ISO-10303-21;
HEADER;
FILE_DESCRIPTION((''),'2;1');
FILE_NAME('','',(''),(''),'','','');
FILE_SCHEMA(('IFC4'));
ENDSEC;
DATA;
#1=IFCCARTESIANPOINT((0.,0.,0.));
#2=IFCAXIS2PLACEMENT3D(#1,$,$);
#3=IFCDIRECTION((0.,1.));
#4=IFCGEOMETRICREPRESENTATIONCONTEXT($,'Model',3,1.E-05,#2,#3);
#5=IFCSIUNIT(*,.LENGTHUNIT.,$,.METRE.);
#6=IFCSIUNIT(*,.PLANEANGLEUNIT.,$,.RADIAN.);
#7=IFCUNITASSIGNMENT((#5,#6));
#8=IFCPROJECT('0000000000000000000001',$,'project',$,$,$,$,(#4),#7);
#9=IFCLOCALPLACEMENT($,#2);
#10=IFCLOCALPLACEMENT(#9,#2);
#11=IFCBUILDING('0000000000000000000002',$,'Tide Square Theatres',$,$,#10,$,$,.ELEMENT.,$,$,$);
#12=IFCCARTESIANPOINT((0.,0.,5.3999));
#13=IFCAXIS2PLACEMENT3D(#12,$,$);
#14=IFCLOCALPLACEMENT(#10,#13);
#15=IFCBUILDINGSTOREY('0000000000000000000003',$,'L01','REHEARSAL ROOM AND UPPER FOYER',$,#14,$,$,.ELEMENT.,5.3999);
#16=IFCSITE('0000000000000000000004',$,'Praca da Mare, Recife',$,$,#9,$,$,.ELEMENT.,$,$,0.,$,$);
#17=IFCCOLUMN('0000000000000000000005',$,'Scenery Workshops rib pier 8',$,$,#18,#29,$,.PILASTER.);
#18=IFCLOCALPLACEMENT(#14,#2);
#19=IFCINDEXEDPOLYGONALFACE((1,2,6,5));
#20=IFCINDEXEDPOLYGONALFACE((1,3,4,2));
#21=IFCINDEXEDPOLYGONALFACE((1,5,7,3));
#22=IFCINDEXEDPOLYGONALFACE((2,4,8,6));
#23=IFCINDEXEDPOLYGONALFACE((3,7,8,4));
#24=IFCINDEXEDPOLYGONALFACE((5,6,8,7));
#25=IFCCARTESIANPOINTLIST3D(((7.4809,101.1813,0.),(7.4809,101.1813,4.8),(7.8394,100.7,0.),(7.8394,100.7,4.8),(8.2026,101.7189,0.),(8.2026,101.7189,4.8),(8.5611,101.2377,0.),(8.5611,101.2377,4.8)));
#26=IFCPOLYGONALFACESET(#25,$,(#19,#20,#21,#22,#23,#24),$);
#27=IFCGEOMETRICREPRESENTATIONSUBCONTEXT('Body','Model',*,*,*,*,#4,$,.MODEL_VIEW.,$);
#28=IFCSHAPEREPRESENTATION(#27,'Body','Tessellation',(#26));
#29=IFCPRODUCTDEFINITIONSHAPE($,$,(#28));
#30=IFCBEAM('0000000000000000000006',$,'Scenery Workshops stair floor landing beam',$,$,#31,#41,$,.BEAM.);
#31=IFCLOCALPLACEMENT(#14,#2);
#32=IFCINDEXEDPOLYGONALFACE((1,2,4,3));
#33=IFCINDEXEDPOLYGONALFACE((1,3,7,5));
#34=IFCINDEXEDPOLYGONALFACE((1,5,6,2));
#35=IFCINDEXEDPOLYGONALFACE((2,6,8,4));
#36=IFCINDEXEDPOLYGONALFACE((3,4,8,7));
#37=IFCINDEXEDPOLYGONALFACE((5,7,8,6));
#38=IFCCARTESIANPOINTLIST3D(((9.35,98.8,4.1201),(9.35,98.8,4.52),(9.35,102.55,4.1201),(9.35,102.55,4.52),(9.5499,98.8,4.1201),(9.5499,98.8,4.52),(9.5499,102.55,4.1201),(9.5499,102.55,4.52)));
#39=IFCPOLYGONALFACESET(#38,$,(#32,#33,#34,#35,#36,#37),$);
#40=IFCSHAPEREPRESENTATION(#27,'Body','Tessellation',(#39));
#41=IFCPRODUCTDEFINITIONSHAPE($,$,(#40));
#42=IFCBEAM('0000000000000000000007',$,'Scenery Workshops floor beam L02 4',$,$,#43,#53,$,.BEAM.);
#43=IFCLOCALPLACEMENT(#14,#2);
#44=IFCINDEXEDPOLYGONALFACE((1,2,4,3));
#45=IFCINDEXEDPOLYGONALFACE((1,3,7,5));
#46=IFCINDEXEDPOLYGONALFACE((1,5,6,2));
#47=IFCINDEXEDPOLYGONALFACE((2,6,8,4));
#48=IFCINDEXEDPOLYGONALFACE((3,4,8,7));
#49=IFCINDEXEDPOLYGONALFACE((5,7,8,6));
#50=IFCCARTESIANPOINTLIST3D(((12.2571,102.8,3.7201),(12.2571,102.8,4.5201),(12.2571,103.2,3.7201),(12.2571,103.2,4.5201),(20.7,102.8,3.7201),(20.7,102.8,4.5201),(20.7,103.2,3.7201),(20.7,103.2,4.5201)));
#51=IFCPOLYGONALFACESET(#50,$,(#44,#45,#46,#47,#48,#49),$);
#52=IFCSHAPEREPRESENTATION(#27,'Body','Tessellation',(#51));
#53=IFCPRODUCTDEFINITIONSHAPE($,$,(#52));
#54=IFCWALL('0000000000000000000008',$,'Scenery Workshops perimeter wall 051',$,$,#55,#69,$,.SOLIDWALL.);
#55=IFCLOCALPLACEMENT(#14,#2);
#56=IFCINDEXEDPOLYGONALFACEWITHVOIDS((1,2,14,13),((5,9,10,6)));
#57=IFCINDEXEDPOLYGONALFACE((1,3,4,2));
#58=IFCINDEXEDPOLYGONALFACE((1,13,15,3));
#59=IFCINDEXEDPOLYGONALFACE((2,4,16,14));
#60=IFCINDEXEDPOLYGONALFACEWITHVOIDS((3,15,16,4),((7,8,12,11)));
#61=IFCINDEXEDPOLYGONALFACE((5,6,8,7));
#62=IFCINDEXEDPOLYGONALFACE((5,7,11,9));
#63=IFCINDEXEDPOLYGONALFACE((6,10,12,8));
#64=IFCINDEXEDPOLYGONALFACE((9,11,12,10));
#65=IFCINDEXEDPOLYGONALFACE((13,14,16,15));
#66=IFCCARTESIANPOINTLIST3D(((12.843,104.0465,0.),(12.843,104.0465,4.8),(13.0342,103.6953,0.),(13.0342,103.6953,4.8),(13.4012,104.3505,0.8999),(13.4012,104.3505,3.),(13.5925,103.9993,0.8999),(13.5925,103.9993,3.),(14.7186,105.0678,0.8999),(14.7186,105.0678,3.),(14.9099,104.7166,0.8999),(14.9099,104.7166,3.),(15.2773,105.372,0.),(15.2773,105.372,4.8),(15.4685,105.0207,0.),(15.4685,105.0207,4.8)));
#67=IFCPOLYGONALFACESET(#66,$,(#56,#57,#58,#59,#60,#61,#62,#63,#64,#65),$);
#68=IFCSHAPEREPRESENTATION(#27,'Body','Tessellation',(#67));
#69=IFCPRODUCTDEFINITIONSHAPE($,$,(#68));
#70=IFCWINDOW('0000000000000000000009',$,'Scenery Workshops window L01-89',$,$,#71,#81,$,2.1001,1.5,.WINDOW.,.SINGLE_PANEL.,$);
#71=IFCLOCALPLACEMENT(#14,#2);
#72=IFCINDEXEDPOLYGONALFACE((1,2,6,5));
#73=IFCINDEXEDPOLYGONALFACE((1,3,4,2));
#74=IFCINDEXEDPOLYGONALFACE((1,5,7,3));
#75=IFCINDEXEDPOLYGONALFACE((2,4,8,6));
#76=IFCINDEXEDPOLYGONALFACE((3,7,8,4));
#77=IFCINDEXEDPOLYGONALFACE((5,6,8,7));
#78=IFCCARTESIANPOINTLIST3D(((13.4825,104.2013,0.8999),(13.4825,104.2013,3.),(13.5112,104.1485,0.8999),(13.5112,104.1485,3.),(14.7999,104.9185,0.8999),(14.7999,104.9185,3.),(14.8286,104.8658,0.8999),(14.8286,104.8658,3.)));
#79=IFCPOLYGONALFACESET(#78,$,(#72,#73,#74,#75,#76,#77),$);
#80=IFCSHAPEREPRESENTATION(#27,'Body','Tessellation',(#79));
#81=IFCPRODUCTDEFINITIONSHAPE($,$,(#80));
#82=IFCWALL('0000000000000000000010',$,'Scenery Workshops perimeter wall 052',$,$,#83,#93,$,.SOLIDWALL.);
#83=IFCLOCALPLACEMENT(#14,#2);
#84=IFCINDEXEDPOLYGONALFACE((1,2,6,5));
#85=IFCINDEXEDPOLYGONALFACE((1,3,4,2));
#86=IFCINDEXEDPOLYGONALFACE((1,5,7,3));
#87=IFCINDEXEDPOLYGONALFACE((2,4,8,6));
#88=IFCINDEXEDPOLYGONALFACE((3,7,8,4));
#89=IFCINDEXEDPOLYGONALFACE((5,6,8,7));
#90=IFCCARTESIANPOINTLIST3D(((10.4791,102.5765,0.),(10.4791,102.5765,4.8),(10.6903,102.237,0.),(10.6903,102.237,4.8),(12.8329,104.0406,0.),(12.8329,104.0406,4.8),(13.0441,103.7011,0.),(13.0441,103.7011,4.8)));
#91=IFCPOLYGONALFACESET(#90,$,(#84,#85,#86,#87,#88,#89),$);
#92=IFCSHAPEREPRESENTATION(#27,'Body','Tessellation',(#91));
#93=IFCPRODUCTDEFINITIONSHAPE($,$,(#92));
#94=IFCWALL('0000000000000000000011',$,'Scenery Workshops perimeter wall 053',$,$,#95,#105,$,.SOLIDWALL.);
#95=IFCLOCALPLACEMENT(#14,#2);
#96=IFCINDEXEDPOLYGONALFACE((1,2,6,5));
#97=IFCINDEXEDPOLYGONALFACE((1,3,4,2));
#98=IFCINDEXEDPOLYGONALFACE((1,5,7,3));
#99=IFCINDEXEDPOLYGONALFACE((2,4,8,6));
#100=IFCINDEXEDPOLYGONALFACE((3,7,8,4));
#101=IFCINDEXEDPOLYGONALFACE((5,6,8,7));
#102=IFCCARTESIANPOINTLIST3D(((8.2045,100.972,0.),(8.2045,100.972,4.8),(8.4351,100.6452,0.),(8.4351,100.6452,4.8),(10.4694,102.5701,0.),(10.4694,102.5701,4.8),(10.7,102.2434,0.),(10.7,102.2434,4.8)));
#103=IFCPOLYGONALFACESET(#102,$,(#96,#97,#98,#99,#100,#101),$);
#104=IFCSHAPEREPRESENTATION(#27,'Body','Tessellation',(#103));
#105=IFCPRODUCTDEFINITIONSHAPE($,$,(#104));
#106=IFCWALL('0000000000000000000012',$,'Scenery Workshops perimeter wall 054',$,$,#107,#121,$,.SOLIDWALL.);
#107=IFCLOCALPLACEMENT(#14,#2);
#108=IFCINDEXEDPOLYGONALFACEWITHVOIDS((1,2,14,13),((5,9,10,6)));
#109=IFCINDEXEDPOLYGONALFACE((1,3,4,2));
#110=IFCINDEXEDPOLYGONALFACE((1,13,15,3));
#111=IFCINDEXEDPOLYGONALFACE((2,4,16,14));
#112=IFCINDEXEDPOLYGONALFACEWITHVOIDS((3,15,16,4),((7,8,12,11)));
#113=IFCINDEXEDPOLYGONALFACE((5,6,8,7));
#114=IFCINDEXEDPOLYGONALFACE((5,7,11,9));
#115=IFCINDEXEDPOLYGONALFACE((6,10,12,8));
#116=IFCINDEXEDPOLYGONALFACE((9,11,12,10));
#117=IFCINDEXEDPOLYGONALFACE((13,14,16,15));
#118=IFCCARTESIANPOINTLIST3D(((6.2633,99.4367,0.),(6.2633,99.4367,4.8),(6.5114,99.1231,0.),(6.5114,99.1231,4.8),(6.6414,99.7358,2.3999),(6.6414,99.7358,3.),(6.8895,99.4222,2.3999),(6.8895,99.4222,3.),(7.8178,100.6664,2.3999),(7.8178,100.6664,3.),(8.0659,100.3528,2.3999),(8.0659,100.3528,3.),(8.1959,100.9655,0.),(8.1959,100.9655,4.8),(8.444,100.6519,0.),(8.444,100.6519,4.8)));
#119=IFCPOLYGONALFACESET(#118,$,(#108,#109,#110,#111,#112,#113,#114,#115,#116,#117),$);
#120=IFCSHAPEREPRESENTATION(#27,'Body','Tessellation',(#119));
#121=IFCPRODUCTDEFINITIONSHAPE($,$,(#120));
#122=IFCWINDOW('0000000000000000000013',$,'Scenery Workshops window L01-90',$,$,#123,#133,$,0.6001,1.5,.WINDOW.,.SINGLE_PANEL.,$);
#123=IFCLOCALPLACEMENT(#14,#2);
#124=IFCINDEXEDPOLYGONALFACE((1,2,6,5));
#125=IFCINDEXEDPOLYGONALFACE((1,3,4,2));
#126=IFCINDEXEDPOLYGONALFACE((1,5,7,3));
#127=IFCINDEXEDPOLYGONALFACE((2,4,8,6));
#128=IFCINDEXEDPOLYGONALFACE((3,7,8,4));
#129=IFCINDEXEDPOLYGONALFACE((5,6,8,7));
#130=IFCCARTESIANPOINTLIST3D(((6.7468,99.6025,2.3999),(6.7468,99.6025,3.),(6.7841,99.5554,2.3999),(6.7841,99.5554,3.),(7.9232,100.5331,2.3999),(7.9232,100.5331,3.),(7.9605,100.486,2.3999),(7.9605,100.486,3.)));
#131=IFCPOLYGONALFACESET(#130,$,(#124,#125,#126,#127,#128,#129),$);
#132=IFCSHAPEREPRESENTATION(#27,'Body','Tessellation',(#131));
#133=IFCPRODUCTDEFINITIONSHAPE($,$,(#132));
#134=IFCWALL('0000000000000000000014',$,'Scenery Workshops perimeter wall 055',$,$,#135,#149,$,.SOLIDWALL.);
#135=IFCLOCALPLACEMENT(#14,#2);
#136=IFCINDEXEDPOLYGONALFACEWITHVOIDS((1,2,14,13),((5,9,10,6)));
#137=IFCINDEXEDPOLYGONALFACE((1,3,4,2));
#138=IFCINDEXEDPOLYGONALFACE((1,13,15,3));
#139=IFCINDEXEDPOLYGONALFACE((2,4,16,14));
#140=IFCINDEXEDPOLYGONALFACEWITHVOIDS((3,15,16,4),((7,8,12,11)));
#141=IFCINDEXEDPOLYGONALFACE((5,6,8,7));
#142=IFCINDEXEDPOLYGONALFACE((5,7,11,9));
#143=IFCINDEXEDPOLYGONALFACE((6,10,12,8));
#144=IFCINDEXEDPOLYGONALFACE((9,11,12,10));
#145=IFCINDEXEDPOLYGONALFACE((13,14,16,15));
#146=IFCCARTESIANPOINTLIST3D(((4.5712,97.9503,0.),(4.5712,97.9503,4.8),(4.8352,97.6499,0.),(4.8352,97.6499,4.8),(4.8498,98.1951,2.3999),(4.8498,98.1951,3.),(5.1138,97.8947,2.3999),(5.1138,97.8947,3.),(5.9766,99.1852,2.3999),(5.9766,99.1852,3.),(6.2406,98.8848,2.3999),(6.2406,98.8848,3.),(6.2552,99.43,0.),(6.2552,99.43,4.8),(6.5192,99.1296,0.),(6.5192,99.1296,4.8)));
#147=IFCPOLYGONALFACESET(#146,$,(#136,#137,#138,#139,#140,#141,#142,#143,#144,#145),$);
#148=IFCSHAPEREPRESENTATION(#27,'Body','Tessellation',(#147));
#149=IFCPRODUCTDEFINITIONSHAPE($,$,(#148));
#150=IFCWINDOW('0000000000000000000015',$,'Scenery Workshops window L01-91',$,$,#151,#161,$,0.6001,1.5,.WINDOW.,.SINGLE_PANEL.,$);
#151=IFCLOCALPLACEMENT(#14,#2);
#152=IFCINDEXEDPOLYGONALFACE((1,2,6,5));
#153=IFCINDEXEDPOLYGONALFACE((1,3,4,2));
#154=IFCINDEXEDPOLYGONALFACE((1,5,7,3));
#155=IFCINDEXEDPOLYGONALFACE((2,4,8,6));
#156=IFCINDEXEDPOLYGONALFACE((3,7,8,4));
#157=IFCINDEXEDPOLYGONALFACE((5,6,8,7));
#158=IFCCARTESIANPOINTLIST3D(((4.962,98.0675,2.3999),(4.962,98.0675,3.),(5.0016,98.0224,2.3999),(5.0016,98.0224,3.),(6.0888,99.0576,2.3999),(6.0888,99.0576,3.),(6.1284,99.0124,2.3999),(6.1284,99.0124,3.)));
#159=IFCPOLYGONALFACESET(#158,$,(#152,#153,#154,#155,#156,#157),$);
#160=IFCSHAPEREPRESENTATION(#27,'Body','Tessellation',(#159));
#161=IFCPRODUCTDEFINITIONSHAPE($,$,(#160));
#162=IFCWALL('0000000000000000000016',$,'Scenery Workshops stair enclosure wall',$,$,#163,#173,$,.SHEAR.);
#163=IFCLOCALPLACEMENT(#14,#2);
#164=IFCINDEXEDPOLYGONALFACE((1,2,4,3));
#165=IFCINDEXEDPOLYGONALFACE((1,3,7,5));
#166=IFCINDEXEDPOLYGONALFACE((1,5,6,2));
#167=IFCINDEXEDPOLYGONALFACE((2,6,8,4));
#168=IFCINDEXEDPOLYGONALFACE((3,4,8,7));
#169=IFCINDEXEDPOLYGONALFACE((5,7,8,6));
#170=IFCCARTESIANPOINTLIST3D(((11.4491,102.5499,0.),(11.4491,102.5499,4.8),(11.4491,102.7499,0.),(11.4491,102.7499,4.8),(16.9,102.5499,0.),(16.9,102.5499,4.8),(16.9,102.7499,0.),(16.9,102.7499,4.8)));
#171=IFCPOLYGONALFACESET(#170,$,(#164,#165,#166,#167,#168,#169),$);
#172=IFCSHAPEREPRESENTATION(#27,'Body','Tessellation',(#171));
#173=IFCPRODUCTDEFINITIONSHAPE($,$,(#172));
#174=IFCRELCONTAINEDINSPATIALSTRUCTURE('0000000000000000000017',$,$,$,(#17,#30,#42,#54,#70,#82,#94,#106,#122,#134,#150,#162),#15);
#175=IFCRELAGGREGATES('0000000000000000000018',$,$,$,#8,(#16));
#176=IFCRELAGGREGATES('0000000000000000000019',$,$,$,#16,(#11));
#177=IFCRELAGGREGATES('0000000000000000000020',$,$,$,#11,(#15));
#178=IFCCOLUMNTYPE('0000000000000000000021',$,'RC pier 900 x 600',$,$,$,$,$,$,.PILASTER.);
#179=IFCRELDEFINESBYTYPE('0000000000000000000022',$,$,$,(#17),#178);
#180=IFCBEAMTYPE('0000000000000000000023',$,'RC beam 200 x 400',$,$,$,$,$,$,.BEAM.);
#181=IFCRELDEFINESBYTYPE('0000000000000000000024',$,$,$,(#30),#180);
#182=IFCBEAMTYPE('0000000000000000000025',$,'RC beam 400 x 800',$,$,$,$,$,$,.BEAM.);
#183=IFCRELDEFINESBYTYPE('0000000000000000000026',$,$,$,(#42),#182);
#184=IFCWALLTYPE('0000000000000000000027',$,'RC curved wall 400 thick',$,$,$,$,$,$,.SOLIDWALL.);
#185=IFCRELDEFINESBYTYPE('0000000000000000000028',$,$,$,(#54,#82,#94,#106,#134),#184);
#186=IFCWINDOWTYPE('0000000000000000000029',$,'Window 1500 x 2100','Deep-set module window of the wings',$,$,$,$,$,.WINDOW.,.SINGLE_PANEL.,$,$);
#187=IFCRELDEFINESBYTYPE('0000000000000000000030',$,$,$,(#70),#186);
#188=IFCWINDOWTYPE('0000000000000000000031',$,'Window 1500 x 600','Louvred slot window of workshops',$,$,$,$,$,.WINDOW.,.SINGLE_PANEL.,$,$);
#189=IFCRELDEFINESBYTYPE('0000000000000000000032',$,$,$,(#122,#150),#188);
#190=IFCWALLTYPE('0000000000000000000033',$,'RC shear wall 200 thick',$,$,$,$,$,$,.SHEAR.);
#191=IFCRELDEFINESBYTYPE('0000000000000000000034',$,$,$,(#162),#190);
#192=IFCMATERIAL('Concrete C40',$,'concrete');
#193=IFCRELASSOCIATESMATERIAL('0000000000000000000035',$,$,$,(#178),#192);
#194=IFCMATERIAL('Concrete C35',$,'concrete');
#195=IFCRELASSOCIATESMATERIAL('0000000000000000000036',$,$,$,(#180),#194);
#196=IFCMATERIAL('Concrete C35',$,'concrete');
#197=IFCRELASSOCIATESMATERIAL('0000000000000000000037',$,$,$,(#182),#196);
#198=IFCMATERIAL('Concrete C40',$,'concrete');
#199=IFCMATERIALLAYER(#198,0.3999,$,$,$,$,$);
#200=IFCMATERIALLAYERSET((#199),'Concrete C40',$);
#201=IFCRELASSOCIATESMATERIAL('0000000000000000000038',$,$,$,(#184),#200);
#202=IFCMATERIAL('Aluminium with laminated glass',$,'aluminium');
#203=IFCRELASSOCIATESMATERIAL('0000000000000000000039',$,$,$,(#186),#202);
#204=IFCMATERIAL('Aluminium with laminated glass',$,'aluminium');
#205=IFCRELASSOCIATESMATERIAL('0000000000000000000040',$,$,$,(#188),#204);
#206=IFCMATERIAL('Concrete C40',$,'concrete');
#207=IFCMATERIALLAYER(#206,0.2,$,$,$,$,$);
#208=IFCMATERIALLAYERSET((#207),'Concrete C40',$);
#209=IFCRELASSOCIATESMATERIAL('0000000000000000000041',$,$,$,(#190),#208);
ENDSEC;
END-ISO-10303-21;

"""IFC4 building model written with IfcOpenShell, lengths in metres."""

from ifc_helpers import new_model, si_unit, direction, frame, frame_2d, origin, origin_2d, place, context, subcontext, project, spatial, rectangle, extrude, material, layer, layer_set, material_profile, profile_set, type_object, element, fill, save


model = new_model("IFC4")

# Units and contexts
model_context = context("Model", 3, precision=1e-05, world=origin(), true_north=direction((0.0, 1.0)))
body_context = subcontext(model_context, "Body", "Model", "MODEL_VIEW")
ifc_project = project(units=[si_unit("LENGTHUNIT", "METRE"), si_unit("PLANEANGLEUNIT", "RADIAN")], contexts=[model_context])

# Site, building, storey
site_placement = place(None, origin())
site = spatial("IfcSite", under=ifc_project, at=site_placement, Name="Praca da Mare, Recife", CompositionType="ELEMENT", RefElevation=0.0)
building_placement = place(site_placement, origin())
building = spatial("IfcBuilding", under=site, at=building_placement, Name="Tide Square Theatres", CompositionType="ELEMENT")
storey_placement = place(building_placement, frame((0.0, 0.0, 5.3999)))
storey = spatial("IfcBuildingStorey", under=building, at=storey_placement, Name="L01", Description="REHEARSAL ROOM AND UPPER FOYER", CompositionType="ELEMENT", Elevation=5.3999)

# Column
ifc_material_1 = material(Name="Concrete C40", Category="concrete")
ifc_material_profile_1 = material_profile(ifc_material_1, rectangle(XDim=0.8999, YDim=0.6001, at=origin_2d()))
ifc_profile_set_1 = profile_set([ifc_material_profile_1], Name="Concrete C40")
column_type = type_object("IfcColumnType", Name="RC pier 900 x 600", PredefinedType="PILASTER", material=ifc_profile_set_1)
column_placement = place(storey_placement, frame((8.021, 101.2095, 0.0), z_axis=(0.0, 0.0, 1.0), x_axis=(-0.801928, -0.597421, 0.0)))
element("IfcColumn", 1, at=column_placement, inside=storey, type_object=column_type, Name="Scenery Workshops rib pier 8", PredefinedType="PILASTER", context=body_context, shape_type="SweptSolid", body=[
    extrude(rectangle(XDim=0.8999, YDim=0.6001, at=origin_2d()), origin(), (0.0, 0.0, 1.0), 4.8),
])

# Beams
ifc_material_2 = material(Name="Concrete C35", Category="concrete")
ifc_material_profile_2 = material_profile(ifc_material_2, rectangle(XDim=0.2, YDim=0.3999, at=origin_2d()))
ifc_profile_set_2 = profile_set([ifc_material_profile_2], Name="Concrete C35")
beam_type_1 = type_object("IfcBeamType", Name="RC beam 200 x 400", PredefinedType="BEAM", material=ifc_profile_set_2)
beam_1_placement = place(storey_placement, frame((9.45, 98.8, 4.3201), z_axis=(0.0, 1.0, 0.0), x_axis=(-1.0, 0.0, 0.0)))
element("IfcBeam", 2, at=beam_1_placement, inside=storey, type_object=beam_type_1, Name="Scenery Workshops stair floor landing beam", PredefinedType="BEAM", context=body_context, shape_type="SweptSolid", body=[
    extrude(rectangle(XDim=0.2, YDim=0.3999, at=origin_2d()), origin(), (0.0, 0.0, 1.0), 3.75),
])
ifc_material_3 = material(Name="Concrete C35", Category="concrete")
ifc_material_profile_3 = material_profile(ifc_material_3, rectangle(XDim=0.3999, YDim=0.8, at=origin_2d()))
ifc_profile_set_3 = profile_set([ifc_material_profile_3], Name="Concrete C35")
beam_type_2 = type_object("IfcBeamType", Name="RC beam 400 x 800", PredefinedType="BEAM", material=ifc_profile_set_3)
beam_2_placement = place(storey_placement, frame((12.2571, 103.0, 4.1201), z_axis=(1.0, 0.0, 0.0), x_axis=(0.0, 1.0, 0.0)))
element("IfcBeam", 3, at=beam_2_placement, inside=storey, type_object=beam_type_2, Name="Scenery Workshops floor beam L02 4", PredefinedType="BEAM", context=body_context, shape_type="SweptSolid", body=[
    extrude(rectangle(XDim=0.3999, YDim=0.8, at=origin_2d()), origin(), (0.0, 0.0, 1.0), 8.4429),
])

# Wall, opening, window
ifc_material_4 = material(Name="Concrete C40", Category="concrete")
ifc_layer_1 = layer(ifc_material_4, 0.3999)
ifc_layer_set_1 = layer_set([ifc_layer_1], Name="Concrete C40")
wall_type_1 = type_object("IfcWallType", Name="RC curved wall 400 thick", PredefinedType="SOLIDWALL", material=ifc_layer_set_1)
wall_1_placement = place(storey_placement, frame((15.3728, 105.1963, 0.0), z_axis=(0.0, 0.0, 1.0), x_axis=(-0.878256, -0.478192, 0.0)))
wall_1 = element("IfcWall", 4, at=wall_1_placement, inside=storey, type_object=wall_type_1, Name="Scenery Workshops perimeter wall 051", PredefinedType="SOLIDWALL", context=body_context, shape_type="SweptSolid", body=[
    extrude(rectangle(XDim=2.7717, YDim=0.3999, at=frame_2d((1.3857, 0.0))), origin(), (0.0, 0.0, 1.0), 4.8),
])
opening_1_placement = place(wall_1_placement, frame((0.636, 0.0, 0.8999)))
opening_1 = element("IfcOpeningElement", 5, at=opening_1_placement, cuts=wall_1, PredefinedType="OPENING", context=body_context, shape_type="SweptSolid", body=[
    extrude(rectangle(XDim=1.5, YDim=2.1001, at=frame_2d((0.75, 1.05))), frame((0.0, 0.21, 0.0), z_axis=(0.0, -1.0, 0.0), x_axis=(1.0, 0.0, 0.0)), (0.0, 0.0, 1.0), 0.4199),
])
ifc_material_5 = material(Name="Aluminium with laminated glass", Category="aluminium")
window_type_1 = type_object("IfcWindowType", Name="Window 1500 x 2100", Description="Deep-set module window of the wings", PartitioningType="SINGLE_PANEL", PredefinedType="WINDOW", material=ifc_material_5)
window_1_placement = place(opening_1_placement, origin())
window_1 = element("IfcWindow", 6, at=window_1_placement, inside=storey, type_object=window_type_1, Name="Scenery Workshops window L01-89", OverallHeight=2.1001, OverallWidth=1.5, PartitioningType="SINGLE_PANEL", PredefinedType="WINDOW", context=body_context, shape_type="SweptSolid", body=[
    extrude(rectangle(XDim=1.5, YDim=2.1001, at=frame_2d((0.75, 1.05))), frame((0.0, 0.03, 0.0), z_axis=(0.0, -1.0, 0.0), x_axis=(1.0, 0.0, 0.0)), (0.0, 0.0, 1.0), 0.0601),
])
fill(opening_1, window_1)

# Walls
for number, where, z_axis, x_axis, name in (
    (7, (12.9385, 103.8708, 0.0), (0.0, 0.0, 1.0), (-0.849129, -0.528185, 0.0), "Scenery Workshops perimeter wall 052"),
    (8, (10.5847, 102.4067, 0.0), (0.0, 0.0, 1.0), (-0.81707, -0.576538, 0.0), "Scenery Workshops perimeter wall 053"),
):
    element("IfcWall", number, at=place(storey_placement, frame(where, z_axis=z_axis, x_axis=x_axis)), inside=storey, type_object=wall_type_1, Name=name, PredefinedType="SOLIDWALL", context=body_context, shape_type="SweptSolid", body=[
        extrude(rectangle(XDim=2.772, YDim=0.3999, at=frame_2d((1.386, 0.0))), origin(), (0.0, 0.0, 1.0), 4.8),
    ])

# Walls, openings, windows
wall_2_placement = place(storey_placement, frame((8.3198, 100.8086, 0.0), z_axis=(0.0, 0.0, 1.0), x_axis=(-0.784279, -0.620409, 0.0)))
wall_2 = element("IfcWall", 9, at=wall_2_placement, inside=storey, type_object=wall_type_1, Name="Scenery Workshops perimeter wall 054", PredefinedType="SOLIDWALL", context=body_context, shape_type="SweptSolid", body=[
    extrude(rectangle(XDim=2.4641, YDim=0.3999, at=frame_2d((1.2319, 0.0))), origin(), (0.0, 0.0, 1.0), 4.8),
])
opening_2_placement = place(wall_2_placement, frame((0.4819, 0.0, 2.3999)))
opening_2 = element("IfcOpeningElement", 10, at=opening_2_placement, cuts=wall_2, PredefinedType="OPENING", context=body_context, shape_type="SweptSolid", body=[
    extrude(rectangle(XDim=1.5, YDim=0.6001, at=frame_2d((0.75, 0.3))), frame((0.0, 0.21, 0.0), z_axis=(0.0, -1.0, 0.0), x_axis=(1.0, 0.0, 0.0)), (0.0, 0.0, 1.0), 0.4199),
])
ifc_material_6 = material(Name="Aluminium with laminated glass", Category="aluminium")
window_type_2 = type_object("IfcWindowType", Name="Window 1500 x 600", Description="Louvred slot window of workshops", PartitioningType="SINGLE_PANEL", PredefinedType="WINDOW", material=ifc_material_6)
window_2_placement = place(opening_2_placement, origin())
window_2 = element("IfcWindow", 11, at=window_2_placement, inside=storey, type_object=window_type_2, Name="Scenery Workshops window L01-90", OverallHeight=0.6001, OverallWidth=1.5, PartitioningType="SINGLE_PANEL", PredefinedType="WINDOW", context=body_context, shape_type="SweptSolid", body=[
    extrude(rectangle(XDim=1.5, YDim=0.6001, at=frame_2d((0.75, 0.3))), frame((0.0, 0.03, 0.0), z_axis=(0.0, -1.0, 0.0), x_axis=(1.0, 0.0, 0.0)), (0.0, 0.0, 1.0), 0.0601),
])
fill(opening_2, window_2)
wall_3_placement = place(storey_placement, frame((6.3872, 99.2798, 0.0), z_axis=(0.0, 0.0, 1.0), x_axis=(-0.751212, -0.660061, 0.0)))
wall_3 = element("IfcWall", 12, at=wall_3_placement, inside=storey, type_object=wall_type_1, Name="Scenery Workshops perimeter wall 055", PredefinedType="SOLIDWALL", context=body_context, shape_type="SweptSolid", body=[
    extrude(rectangle(XDim=2.2417, YDim=0.3999, at=frame_2d((1.1208, 0.0))), origin(), (0.0, 0.0, 1.0), 4.8),
])
opening_3_placement = place(wall_3_placement, frame((0.3708, 0.0, 2.3999)))
opening_3 = element("IfcOpeningElement", 13, at=opening_3_placement, cuts=wall_3, PredefinedType="OPENING", context=body_context, shape_type="SweptSolid", body=[
    extrude(rectangle(XDim=1.5, YDim=0.6001, at=frame_2d((0.75, 0.3))), frame((0.0, 0.21, 0.0), z_axis=(0.0, -1.0, 0.0), x_axis=(1.0, 0.0, 0.0)), (0.0, 0.0, 1.0), 0.4199),
])
window_3_placement = place(opening_3_placement, origin())
window_3 = element("IfcWindow", 14, at=window_3_placement, inside=storey, type_object=window_type_2, Name="Scenery Workshops window L01-91", OverallHeight=0.6001, OverallWidth=1.5, PartitioningType="SINGLE_PANEL", PredefinedType="WINDOW", context=body_context, shape_type="SweptSolid", body=[
    extrude(rectangle(XDim=1.5, YDim=0.6001, at=frame_2d((0.75, 0.3))), frame((0.0, 0.03, 0.0), z_axis=(0.0, -1.0, 0.0), x_axis=(1.0, 0.0, 0.0)), (0.0, 0.0, 1.0), 0.0601),
])
fill(opening_3, window_3)

# Wall
ifc_material_7 = material(Name="Concrete C40", Category="concrete")
ifc_layer_2 = layer(ifc_material_7, 0.2)
ifc_layer_set_2 = layer_set([ifc_layer_2], Name="Concrete C40")
wall_type_2 = type_object("IfcWallType", Name="RC shear wall 200 thick", PredefinedType="SHEAR", material=ifc_layer_set_2)
wall_4_placement = place(storey_placement, frame((11.449, 102.6499, 0.0), z_axis=(0.0, 0.0, 1.0), x_axis=(1.0, 0.0, 0.0)))
element("IfcWall", 15, at=wall_4_placement, inside=storey, type_object=wall_type_2, Name="Scenery Workshops stair enclosure wall", PredefinedType="SHEAR", context=body_context, shape_type="SweptSolid", body=[
    extrude(rectangle(XDim=5.4509, YDim=0.2, at=frame_2d((2.7256, 0.0))), origin(), (0.0, 0.0, 1.0), 4.8),
])

save(model, "model.ifc")
